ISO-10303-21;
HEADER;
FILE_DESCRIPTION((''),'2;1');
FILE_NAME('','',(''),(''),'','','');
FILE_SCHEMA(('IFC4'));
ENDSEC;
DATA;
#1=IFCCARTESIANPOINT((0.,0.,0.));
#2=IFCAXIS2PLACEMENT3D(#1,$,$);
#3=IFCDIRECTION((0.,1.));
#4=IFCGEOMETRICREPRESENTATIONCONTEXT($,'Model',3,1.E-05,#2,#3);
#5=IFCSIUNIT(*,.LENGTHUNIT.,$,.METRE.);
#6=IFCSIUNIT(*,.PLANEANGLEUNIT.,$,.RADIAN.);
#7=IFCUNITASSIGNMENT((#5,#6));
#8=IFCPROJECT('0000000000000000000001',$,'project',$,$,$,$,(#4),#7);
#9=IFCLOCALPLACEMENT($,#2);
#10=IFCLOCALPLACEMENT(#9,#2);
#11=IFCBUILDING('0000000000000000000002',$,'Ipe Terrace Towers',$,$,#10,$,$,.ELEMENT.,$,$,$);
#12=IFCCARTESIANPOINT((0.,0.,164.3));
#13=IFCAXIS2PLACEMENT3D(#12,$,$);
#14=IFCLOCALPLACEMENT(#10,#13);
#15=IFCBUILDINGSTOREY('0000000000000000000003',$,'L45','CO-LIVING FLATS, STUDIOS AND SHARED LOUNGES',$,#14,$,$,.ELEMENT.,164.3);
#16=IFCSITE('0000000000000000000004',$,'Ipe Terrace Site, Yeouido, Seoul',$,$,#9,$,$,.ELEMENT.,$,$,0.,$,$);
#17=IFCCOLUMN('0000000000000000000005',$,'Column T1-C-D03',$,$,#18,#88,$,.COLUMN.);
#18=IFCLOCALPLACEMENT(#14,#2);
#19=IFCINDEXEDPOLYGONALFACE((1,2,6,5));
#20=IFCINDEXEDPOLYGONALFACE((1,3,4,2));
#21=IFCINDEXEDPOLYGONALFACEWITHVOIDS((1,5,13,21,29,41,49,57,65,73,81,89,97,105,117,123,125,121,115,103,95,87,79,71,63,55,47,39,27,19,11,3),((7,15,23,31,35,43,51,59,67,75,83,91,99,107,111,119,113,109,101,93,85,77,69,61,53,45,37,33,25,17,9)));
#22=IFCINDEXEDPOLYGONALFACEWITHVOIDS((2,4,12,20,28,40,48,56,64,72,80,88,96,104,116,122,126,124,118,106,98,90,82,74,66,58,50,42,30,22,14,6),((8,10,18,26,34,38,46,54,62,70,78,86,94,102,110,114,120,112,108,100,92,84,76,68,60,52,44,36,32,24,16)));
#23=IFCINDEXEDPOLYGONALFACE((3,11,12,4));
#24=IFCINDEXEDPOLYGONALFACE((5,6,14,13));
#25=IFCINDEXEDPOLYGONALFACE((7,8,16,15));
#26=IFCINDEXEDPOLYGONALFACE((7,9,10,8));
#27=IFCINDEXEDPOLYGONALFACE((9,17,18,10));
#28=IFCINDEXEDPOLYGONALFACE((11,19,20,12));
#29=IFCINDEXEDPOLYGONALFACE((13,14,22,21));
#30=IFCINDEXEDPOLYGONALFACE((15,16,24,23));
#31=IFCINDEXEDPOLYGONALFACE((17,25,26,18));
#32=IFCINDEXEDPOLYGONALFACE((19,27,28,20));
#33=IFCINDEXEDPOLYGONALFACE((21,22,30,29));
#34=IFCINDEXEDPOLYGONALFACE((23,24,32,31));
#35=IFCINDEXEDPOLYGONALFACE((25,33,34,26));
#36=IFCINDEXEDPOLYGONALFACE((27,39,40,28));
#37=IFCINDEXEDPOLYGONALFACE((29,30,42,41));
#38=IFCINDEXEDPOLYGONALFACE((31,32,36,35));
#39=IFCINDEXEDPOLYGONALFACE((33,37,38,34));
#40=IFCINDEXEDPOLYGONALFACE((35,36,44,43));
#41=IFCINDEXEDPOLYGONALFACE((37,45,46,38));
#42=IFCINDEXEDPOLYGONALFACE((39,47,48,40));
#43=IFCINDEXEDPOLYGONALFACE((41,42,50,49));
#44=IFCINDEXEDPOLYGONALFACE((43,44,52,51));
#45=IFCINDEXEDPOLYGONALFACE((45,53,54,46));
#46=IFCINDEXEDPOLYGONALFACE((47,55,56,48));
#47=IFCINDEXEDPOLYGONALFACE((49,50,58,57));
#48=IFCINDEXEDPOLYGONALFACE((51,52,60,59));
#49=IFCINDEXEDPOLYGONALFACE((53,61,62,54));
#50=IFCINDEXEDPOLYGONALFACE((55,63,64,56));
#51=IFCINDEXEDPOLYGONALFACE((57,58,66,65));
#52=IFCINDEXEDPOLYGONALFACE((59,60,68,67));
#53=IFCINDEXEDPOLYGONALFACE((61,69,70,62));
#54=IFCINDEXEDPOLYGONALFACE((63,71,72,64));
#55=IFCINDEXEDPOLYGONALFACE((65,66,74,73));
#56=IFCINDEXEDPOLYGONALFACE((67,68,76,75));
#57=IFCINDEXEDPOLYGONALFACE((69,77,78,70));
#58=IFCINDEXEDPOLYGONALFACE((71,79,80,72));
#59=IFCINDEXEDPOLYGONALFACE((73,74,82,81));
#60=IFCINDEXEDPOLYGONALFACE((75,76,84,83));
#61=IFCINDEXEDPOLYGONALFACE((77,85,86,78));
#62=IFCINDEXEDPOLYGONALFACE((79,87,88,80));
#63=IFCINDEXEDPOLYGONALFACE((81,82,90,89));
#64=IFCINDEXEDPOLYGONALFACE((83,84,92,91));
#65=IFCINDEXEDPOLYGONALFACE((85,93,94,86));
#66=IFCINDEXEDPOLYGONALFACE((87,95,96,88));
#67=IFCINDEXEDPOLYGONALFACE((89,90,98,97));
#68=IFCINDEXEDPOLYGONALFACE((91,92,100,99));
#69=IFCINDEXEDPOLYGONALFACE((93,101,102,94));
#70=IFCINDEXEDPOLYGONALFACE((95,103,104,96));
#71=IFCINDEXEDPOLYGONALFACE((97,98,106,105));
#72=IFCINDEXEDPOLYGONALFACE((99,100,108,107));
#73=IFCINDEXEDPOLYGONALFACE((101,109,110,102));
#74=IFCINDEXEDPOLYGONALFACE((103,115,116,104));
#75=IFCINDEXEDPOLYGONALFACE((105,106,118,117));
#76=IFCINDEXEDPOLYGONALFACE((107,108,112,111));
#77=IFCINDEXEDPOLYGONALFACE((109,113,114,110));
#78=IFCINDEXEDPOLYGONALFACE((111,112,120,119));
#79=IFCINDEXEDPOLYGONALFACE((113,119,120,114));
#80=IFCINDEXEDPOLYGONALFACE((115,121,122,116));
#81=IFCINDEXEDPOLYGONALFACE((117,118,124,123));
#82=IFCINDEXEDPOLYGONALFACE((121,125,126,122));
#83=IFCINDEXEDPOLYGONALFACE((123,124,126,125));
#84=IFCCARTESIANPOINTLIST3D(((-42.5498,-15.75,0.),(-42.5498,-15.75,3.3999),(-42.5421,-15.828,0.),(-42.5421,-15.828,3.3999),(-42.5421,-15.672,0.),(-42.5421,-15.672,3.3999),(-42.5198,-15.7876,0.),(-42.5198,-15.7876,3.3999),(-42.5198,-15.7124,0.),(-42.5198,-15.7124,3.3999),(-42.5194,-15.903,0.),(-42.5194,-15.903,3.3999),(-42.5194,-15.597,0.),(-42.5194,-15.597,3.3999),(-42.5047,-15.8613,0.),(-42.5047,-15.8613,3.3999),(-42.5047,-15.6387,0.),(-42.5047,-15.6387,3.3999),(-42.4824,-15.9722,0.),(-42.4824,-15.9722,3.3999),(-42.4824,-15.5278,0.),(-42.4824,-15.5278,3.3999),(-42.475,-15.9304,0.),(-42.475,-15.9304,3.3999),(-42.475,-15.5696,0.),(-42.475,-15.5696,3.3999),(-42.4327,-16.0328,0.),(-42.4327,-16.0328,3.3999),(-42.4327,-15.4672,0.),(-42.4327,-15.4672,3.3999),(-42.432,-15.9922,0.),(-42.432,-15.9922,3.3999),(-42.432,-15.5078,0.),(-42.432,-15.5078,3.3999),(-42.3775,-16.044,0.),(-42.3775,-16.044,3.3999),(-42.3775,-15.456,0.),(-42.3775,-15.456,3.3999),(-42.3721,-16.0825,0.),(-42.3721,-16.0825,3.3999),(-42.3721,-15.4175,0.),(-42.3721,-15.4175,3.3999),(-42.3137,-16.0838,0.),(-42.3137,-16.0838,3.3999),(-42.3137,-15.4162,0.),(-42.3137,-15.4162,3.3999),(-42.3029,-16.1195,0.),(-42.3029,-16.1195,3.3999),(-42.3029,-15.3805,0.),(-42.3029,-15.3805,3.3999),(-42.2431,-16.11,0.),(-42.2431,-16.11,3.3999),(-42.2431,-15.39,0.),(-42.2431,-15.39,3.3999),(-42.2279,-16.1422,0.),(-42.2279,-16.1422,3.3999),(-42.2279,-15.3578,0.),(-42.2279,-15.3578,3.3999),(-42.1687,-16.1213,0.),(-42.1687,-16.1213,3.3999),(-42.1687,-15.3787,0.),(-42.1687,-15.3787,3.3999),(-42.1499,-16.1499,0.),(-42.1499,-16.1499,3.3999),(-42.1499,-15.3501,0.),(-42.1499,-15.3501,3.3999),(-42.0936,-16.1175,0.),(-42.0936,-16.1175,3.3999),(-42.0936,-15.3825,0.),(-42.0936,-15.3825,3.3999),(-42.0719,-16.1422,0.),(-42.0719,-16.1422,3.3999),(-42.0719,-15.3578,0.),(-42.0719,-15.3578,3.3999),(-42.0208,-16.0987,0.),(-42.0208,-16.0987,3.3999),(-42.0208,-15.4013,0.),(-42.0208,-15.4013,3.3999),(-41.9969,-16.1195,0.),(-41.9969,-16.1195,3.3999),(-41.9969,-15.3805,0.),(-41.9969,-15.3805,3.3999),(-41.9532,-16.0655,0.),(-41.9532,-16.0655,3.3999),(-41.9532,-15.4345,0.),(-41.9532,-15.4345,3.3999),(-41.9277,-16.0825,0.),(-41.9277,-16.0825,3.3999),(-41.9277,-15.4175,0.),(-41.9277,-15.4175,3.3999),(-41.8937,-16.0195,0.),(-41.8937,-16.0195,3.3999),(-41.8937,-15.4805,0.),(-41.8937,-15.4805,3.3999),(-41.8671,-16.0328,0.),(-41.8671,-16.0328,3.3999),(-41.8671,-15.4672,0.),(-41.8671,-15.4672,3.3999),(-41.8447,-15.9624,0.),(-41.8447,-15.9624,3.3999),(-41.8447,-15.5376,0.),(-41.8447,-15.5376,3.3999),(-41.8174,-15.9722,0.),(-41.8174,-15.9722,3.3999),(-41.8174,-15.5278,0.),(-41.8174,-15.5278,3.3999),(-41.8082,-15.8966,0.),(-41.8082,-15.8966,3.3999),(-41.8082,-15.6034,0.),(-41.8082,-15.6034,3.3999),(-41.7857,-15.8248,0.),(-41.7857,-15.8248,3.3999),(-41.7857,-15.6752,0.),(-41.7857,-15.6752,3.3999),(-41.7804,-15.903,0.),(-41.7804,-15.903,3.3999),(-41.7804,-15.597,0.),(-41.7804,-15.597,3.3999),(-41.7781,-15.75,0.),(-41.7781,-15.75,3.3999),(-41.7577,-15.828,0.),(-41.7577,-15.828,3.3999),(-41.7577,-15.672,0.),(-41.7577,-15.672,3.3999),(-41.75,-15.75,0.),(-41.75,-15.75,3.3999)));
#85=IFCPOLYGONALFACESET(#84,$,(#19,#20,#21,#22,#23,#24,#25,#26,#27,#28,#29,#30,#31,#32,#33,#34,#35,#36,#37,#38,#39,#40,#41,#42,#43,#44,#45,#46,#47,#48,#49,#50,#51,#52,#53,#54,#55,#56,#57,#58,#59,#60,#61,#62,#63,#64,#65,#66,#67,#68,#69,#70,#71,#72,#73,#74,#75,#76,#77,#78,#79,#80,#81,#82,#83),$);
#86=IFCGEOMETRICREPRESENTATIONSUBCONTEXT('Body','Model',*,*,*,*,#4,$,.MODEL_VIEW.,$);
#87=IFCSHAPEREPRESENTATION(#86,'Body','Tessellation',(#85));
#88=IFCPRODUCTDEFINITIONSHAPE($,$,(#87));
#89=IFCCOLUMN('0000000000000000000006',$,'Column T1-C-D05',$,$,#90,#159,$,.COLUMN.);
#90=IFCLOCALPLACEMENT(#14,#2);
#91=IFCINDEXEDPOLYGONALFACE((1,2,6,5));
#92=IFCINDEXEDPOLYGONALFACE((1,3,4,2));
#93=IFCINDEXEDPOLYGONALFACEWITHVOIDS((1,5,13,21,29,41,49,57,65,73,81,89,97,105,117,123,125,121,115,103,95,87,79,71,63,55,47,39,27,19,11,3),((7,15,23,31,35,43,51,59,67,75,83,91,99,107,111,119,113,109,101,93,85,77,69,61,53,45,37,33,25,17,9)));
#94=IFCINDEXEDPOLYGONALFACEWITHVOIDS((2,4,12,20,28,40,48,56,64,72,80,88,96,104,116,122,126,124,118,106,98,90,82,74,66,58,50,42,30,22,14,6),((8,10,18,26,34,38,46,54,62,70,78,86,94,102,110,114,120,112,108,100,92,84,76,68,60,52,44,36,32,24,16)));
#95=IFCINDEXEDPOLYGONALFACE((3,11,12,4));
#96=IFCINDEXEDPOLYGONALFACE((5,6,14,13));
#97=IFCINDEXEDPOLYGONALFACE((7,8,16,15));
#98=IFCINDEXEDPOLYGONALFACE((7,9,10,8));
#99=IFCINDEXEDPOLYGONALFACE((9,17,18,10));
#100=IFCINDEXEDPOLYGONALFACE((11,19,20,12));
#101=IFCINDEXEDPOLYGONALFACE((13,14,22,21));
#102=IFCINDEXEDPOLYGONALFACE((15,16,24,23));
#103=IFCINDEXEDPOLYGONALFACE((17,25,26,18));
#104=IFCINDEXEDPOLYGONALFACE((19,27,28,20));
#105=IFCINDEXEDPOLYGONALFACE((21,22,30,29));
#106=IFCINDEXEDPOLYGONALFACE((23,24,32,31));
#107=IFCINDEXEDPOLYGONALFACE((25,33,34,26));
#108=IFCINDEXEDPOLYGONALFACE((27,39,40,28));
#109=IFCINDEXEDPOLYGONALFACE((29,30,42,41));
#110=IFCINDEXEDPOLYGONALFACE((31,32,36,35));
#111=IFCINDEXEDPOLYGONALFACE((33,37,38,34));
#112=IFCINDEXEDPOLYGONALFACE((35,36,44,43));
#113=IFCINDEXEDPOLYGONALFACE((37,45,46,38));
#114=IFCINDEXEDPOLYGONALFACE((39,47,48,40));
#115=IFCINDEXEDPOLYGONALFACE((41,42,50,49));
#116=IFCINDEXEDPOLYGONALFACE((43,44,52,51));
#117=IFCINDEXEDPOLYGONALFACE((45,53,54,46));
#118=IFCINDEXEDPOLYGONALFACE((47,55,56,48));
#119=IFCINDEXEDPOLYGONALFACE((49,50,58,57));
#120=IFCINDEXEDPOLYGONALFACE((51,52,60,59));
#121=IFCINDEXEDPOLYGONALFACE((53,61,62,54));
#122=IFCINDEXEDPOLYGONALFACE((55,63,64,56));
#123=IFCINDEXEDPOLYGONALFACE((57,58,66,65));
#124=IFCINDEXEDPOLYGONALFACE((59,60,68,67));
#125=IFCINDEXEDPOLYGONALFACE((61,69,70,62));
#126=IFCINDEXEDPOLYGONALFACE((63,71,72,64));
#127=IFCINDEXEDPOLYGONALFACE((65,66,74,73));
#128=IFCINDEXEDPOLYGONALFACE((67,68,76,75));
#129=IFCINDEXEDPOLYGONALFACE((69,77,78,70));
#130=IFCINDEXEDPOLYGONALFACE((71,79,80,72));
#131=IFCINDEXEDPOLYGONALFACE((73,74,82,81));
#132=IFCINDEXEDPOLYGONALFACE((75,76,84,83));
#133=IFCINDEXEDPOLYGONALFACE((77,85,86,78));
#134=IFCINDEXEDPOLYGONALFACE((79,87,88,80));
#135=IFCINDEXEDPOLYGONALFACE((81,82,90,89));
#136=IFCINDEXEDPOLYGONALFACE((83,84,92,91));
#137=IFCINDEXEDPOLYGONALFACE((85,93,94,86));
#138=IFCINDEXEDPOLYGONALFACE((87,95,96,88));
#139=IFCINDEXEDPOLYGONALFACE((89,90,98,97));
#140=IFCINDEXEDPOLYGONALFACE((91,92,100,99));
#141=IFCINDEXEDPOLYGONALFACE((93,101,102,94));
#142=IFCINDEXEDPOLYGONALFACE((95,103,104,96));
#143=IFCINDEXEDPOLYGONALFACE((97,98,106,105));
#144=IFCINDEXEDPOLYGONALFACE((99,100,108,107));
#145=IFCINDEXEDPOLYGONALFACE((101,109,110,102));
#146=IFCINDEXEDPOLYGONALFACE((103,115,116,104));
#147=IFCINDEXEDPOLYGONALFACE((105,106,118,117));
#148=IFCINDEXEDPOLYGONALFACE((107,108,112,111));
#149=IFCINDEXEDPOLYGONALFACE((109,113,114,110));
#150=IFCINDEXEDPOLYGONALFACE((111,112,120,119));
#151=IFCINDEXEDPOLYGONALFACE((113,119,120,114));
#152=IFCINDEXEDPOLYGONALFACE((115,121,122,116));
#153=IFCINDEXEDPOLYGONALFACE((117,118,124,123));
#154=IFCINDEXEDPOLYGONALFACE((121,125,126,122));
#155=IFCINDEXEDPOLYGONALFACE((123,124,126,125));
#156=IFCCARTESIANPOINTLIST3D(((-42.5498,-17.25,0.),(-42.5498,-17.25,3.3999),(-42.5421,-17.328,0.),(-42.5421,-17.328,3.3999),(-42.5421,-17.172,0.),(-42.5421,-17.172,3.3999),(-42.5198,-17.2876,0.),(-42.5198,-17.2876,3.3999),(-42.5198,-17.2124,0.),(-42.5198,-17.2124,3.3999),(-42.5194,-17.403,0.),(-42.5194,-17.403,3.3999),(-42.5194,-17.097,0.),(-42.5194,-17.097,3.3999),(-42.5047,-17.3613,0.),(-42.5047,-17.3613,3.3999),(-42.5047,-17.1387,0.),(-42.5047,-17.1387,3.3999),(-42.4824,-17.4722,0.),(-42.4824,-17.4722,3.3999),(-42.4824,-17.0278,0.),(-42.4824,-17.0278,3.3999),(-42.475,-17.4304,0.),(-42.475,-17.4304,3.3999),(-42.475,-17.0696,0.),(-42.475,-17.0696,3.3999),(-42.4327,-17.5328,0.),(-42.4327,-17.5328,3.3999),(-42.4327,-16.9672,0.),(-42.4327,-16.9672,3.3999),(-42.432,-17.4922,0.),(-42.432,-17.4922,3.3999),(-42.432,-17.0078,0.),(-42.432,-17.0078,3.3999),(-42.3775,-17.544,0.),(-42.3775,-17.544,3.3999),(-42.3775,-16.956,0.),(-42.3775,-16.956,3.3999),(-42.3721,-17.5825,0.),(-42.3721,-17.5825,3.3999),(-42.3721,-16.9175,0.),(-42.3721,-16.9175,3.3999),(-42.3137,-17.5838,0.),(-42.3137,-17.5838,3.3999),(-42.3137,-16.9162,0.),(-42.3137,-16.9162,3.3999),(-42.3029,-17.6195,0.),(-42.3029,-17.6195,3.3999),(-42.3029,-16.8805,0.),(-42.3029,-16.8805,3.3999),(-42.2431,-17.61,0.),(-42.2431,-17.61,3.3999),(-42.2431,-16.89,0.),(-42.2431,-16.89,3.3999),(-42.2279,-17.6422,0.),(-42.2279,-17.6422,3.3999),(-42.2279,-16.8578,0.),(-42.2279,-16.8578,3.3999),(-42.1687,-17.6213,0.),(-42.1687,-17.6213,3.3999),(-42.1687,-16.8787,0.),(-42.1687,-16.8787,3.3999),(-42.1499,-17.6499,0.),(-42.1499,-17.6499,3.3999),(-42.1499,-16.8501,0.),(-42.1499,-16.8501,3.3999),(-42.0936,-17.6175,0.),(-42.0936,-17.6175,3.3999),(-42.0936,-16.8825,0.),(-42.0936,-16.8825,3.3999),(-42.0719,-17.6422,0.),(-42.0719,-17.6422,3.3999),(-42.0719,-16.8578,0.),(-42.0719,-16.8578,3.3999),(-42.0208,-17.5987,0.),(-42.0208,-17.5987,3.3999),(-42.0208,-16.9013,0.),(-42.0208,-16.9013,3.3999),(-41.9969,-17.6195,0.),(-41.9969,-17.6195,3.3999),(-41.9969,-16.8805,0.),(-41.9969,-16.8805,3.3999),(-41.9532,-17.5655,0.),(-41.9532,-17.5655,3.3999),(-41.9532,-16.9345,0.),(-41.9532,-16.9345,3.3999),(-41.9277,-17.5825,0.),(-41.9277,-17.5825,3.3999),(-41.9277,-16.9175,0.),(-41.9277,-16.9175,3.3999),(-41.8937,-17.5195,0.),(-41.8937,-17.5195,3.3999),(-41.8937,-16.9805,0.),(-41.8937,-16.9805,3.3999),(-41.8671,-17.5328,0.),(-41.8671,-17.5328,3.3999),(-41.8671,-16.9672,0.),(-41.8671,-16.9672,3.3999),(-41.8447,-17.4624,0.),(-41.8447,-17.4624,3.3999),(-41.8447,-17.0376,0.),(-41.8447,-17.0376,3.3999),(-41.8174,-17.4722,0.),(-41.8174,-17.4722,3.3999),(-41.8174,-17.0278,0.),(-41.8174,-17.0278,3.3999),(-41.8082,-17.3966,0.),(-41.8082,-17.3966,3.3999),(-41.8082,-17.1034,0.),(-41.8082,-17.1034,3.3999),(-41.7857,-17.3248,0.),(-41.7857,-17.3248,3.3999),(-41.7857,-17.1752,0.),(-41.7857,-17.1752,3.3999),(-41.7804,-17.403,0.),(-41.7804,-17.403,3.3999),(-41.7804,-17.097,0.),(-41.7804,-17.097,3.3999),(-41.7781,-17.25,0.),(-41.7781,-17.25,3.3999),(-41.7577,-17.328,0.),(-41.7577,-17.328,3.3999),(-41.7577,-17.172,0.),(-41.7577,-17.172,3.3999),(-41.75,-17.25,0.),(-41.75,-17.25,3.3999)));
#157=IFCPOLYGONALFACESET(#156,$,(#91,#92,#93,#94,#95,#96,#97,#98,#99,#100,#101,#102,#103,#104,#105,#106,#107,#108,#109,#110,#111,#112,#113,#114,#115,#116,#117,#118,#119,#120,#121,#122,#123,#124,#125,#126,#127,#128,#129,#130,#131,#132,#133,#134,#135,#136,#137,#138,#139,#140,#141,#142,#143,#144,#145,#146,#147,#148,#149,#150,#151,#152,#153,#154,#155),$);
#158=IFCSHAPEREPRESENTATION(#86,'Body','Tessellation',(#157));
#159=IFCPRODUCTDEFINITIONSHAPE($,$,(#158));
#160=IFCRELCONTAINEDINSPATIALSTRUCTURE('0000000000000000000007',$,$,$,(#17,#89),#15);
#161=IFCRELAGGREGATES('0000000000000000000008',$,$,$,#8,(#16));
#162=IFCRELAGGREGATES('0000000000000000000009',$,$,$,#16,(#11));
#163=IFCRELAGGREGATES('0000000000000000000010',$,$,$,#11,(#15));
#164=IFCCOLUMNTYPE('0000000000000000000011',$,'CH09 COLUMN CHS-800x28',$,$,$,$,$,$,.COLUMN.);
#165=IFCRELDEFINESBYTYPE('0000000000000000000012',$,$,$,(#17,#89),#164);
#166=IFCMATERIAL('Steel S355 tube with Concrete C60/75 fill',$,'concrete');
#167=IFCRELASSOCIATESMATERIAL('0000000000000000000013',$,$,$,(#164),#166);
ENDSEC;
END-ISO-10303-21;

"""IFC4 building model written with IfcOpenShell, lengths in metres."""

from ifc_helpers import new_model, si_unit, direction, frame, origin, origin_2d, place, context, subcontext, project, spatial, hollow_circle, extrude, material, material_profile, profile_set, type_object, element, save


model = new_model("IFC4")

# Units and contexts
model_context = context("Model", 3, precision=1e-05, world=origin(), true_north=direction((0.0, 1.0)))
body_context = subcontext(model_context, "Body", "Model", "MODEL_VIEW")
ifc_project = project(units=[si_unit("LENGTHUNIT", "METRE"), si_unit("PLANEANGLEUNIT", "RADIAN")], contexts=[model_context])

# Site, building, storey
site_placement = place(None, origin())
site = spatial("IfcSite", under=ifc_project, at=site_placement, Name="Ipe Terrace Site, Yeouido, Seoul", CompositionType="ELEMENT", RefElevation=0.0)
building_placement = place(site_placement, origin())
building = spatial("IfcBuilding", under=site, at=building_placement, Name="Ipe Terrace Towers", CompositionType="ELEMENT")
storey_placement = place(building_placement, frame((0.0, 0.0, 164.3)))
storey = spatial("IfcBuildingStorey", under=building, at=storey_placement, Name="L45", Description="CO-LIVING FLATS, STUDIOS AND SHARED LOUNGES", CompositionType="ELEMENT", Elevation=164.3)

# Columns
ifc_material_1 = material(Name="Steel S355 tube with Concrete C60/75 fill", Category="concrete")
ifc_material_profile_1 = material_profile(ifc_material_1, hollow_circle(Radius=0.3999, WallThickness=0.0281, at=origin_2d()), Name="CHS-800x28")
ifc_profile_set_1 = profile_set([ifc_material_profile_1], Name="Steel S355 tube with Concrete C60/75 fill")
column_type_1 = type_object("IfcColumnType", Name="CH09 COLUMN CHS-800x28", PredefinedType="COLUMN", material=ifc_profile_set_1)
for number, where, z_axis, x_axis, name in (
    (1, (-42.1499, -15.75, 0.0), (0.0, 0.0, 1.0), (1.0, 0.0, 0.0), "Column T1-C-D03"),
    (2, (-42.1499, -17.25, 0.0), (0.0, 0.0, 1.0), (1.0, 0.0, 0.0), "Column T1-C-D05"),
):
    element("IfcColumn", number, at=place(storey_placement, frame(where, z_axis=z_axis, x_axis=x_axis)), inside=storey, type_object=column_type_1, Name=name, PredefinedType="COLUMN", context=body_context, shape_type="SweptSolid", body=[
        extrude(hollow_circle(Radius=0.3999, WallThickness=0.0281, at=origin_2d()), origin(), (0.0, 0.0, 1.0), 3.3999),
    ])

save(model, "model.ifc")
